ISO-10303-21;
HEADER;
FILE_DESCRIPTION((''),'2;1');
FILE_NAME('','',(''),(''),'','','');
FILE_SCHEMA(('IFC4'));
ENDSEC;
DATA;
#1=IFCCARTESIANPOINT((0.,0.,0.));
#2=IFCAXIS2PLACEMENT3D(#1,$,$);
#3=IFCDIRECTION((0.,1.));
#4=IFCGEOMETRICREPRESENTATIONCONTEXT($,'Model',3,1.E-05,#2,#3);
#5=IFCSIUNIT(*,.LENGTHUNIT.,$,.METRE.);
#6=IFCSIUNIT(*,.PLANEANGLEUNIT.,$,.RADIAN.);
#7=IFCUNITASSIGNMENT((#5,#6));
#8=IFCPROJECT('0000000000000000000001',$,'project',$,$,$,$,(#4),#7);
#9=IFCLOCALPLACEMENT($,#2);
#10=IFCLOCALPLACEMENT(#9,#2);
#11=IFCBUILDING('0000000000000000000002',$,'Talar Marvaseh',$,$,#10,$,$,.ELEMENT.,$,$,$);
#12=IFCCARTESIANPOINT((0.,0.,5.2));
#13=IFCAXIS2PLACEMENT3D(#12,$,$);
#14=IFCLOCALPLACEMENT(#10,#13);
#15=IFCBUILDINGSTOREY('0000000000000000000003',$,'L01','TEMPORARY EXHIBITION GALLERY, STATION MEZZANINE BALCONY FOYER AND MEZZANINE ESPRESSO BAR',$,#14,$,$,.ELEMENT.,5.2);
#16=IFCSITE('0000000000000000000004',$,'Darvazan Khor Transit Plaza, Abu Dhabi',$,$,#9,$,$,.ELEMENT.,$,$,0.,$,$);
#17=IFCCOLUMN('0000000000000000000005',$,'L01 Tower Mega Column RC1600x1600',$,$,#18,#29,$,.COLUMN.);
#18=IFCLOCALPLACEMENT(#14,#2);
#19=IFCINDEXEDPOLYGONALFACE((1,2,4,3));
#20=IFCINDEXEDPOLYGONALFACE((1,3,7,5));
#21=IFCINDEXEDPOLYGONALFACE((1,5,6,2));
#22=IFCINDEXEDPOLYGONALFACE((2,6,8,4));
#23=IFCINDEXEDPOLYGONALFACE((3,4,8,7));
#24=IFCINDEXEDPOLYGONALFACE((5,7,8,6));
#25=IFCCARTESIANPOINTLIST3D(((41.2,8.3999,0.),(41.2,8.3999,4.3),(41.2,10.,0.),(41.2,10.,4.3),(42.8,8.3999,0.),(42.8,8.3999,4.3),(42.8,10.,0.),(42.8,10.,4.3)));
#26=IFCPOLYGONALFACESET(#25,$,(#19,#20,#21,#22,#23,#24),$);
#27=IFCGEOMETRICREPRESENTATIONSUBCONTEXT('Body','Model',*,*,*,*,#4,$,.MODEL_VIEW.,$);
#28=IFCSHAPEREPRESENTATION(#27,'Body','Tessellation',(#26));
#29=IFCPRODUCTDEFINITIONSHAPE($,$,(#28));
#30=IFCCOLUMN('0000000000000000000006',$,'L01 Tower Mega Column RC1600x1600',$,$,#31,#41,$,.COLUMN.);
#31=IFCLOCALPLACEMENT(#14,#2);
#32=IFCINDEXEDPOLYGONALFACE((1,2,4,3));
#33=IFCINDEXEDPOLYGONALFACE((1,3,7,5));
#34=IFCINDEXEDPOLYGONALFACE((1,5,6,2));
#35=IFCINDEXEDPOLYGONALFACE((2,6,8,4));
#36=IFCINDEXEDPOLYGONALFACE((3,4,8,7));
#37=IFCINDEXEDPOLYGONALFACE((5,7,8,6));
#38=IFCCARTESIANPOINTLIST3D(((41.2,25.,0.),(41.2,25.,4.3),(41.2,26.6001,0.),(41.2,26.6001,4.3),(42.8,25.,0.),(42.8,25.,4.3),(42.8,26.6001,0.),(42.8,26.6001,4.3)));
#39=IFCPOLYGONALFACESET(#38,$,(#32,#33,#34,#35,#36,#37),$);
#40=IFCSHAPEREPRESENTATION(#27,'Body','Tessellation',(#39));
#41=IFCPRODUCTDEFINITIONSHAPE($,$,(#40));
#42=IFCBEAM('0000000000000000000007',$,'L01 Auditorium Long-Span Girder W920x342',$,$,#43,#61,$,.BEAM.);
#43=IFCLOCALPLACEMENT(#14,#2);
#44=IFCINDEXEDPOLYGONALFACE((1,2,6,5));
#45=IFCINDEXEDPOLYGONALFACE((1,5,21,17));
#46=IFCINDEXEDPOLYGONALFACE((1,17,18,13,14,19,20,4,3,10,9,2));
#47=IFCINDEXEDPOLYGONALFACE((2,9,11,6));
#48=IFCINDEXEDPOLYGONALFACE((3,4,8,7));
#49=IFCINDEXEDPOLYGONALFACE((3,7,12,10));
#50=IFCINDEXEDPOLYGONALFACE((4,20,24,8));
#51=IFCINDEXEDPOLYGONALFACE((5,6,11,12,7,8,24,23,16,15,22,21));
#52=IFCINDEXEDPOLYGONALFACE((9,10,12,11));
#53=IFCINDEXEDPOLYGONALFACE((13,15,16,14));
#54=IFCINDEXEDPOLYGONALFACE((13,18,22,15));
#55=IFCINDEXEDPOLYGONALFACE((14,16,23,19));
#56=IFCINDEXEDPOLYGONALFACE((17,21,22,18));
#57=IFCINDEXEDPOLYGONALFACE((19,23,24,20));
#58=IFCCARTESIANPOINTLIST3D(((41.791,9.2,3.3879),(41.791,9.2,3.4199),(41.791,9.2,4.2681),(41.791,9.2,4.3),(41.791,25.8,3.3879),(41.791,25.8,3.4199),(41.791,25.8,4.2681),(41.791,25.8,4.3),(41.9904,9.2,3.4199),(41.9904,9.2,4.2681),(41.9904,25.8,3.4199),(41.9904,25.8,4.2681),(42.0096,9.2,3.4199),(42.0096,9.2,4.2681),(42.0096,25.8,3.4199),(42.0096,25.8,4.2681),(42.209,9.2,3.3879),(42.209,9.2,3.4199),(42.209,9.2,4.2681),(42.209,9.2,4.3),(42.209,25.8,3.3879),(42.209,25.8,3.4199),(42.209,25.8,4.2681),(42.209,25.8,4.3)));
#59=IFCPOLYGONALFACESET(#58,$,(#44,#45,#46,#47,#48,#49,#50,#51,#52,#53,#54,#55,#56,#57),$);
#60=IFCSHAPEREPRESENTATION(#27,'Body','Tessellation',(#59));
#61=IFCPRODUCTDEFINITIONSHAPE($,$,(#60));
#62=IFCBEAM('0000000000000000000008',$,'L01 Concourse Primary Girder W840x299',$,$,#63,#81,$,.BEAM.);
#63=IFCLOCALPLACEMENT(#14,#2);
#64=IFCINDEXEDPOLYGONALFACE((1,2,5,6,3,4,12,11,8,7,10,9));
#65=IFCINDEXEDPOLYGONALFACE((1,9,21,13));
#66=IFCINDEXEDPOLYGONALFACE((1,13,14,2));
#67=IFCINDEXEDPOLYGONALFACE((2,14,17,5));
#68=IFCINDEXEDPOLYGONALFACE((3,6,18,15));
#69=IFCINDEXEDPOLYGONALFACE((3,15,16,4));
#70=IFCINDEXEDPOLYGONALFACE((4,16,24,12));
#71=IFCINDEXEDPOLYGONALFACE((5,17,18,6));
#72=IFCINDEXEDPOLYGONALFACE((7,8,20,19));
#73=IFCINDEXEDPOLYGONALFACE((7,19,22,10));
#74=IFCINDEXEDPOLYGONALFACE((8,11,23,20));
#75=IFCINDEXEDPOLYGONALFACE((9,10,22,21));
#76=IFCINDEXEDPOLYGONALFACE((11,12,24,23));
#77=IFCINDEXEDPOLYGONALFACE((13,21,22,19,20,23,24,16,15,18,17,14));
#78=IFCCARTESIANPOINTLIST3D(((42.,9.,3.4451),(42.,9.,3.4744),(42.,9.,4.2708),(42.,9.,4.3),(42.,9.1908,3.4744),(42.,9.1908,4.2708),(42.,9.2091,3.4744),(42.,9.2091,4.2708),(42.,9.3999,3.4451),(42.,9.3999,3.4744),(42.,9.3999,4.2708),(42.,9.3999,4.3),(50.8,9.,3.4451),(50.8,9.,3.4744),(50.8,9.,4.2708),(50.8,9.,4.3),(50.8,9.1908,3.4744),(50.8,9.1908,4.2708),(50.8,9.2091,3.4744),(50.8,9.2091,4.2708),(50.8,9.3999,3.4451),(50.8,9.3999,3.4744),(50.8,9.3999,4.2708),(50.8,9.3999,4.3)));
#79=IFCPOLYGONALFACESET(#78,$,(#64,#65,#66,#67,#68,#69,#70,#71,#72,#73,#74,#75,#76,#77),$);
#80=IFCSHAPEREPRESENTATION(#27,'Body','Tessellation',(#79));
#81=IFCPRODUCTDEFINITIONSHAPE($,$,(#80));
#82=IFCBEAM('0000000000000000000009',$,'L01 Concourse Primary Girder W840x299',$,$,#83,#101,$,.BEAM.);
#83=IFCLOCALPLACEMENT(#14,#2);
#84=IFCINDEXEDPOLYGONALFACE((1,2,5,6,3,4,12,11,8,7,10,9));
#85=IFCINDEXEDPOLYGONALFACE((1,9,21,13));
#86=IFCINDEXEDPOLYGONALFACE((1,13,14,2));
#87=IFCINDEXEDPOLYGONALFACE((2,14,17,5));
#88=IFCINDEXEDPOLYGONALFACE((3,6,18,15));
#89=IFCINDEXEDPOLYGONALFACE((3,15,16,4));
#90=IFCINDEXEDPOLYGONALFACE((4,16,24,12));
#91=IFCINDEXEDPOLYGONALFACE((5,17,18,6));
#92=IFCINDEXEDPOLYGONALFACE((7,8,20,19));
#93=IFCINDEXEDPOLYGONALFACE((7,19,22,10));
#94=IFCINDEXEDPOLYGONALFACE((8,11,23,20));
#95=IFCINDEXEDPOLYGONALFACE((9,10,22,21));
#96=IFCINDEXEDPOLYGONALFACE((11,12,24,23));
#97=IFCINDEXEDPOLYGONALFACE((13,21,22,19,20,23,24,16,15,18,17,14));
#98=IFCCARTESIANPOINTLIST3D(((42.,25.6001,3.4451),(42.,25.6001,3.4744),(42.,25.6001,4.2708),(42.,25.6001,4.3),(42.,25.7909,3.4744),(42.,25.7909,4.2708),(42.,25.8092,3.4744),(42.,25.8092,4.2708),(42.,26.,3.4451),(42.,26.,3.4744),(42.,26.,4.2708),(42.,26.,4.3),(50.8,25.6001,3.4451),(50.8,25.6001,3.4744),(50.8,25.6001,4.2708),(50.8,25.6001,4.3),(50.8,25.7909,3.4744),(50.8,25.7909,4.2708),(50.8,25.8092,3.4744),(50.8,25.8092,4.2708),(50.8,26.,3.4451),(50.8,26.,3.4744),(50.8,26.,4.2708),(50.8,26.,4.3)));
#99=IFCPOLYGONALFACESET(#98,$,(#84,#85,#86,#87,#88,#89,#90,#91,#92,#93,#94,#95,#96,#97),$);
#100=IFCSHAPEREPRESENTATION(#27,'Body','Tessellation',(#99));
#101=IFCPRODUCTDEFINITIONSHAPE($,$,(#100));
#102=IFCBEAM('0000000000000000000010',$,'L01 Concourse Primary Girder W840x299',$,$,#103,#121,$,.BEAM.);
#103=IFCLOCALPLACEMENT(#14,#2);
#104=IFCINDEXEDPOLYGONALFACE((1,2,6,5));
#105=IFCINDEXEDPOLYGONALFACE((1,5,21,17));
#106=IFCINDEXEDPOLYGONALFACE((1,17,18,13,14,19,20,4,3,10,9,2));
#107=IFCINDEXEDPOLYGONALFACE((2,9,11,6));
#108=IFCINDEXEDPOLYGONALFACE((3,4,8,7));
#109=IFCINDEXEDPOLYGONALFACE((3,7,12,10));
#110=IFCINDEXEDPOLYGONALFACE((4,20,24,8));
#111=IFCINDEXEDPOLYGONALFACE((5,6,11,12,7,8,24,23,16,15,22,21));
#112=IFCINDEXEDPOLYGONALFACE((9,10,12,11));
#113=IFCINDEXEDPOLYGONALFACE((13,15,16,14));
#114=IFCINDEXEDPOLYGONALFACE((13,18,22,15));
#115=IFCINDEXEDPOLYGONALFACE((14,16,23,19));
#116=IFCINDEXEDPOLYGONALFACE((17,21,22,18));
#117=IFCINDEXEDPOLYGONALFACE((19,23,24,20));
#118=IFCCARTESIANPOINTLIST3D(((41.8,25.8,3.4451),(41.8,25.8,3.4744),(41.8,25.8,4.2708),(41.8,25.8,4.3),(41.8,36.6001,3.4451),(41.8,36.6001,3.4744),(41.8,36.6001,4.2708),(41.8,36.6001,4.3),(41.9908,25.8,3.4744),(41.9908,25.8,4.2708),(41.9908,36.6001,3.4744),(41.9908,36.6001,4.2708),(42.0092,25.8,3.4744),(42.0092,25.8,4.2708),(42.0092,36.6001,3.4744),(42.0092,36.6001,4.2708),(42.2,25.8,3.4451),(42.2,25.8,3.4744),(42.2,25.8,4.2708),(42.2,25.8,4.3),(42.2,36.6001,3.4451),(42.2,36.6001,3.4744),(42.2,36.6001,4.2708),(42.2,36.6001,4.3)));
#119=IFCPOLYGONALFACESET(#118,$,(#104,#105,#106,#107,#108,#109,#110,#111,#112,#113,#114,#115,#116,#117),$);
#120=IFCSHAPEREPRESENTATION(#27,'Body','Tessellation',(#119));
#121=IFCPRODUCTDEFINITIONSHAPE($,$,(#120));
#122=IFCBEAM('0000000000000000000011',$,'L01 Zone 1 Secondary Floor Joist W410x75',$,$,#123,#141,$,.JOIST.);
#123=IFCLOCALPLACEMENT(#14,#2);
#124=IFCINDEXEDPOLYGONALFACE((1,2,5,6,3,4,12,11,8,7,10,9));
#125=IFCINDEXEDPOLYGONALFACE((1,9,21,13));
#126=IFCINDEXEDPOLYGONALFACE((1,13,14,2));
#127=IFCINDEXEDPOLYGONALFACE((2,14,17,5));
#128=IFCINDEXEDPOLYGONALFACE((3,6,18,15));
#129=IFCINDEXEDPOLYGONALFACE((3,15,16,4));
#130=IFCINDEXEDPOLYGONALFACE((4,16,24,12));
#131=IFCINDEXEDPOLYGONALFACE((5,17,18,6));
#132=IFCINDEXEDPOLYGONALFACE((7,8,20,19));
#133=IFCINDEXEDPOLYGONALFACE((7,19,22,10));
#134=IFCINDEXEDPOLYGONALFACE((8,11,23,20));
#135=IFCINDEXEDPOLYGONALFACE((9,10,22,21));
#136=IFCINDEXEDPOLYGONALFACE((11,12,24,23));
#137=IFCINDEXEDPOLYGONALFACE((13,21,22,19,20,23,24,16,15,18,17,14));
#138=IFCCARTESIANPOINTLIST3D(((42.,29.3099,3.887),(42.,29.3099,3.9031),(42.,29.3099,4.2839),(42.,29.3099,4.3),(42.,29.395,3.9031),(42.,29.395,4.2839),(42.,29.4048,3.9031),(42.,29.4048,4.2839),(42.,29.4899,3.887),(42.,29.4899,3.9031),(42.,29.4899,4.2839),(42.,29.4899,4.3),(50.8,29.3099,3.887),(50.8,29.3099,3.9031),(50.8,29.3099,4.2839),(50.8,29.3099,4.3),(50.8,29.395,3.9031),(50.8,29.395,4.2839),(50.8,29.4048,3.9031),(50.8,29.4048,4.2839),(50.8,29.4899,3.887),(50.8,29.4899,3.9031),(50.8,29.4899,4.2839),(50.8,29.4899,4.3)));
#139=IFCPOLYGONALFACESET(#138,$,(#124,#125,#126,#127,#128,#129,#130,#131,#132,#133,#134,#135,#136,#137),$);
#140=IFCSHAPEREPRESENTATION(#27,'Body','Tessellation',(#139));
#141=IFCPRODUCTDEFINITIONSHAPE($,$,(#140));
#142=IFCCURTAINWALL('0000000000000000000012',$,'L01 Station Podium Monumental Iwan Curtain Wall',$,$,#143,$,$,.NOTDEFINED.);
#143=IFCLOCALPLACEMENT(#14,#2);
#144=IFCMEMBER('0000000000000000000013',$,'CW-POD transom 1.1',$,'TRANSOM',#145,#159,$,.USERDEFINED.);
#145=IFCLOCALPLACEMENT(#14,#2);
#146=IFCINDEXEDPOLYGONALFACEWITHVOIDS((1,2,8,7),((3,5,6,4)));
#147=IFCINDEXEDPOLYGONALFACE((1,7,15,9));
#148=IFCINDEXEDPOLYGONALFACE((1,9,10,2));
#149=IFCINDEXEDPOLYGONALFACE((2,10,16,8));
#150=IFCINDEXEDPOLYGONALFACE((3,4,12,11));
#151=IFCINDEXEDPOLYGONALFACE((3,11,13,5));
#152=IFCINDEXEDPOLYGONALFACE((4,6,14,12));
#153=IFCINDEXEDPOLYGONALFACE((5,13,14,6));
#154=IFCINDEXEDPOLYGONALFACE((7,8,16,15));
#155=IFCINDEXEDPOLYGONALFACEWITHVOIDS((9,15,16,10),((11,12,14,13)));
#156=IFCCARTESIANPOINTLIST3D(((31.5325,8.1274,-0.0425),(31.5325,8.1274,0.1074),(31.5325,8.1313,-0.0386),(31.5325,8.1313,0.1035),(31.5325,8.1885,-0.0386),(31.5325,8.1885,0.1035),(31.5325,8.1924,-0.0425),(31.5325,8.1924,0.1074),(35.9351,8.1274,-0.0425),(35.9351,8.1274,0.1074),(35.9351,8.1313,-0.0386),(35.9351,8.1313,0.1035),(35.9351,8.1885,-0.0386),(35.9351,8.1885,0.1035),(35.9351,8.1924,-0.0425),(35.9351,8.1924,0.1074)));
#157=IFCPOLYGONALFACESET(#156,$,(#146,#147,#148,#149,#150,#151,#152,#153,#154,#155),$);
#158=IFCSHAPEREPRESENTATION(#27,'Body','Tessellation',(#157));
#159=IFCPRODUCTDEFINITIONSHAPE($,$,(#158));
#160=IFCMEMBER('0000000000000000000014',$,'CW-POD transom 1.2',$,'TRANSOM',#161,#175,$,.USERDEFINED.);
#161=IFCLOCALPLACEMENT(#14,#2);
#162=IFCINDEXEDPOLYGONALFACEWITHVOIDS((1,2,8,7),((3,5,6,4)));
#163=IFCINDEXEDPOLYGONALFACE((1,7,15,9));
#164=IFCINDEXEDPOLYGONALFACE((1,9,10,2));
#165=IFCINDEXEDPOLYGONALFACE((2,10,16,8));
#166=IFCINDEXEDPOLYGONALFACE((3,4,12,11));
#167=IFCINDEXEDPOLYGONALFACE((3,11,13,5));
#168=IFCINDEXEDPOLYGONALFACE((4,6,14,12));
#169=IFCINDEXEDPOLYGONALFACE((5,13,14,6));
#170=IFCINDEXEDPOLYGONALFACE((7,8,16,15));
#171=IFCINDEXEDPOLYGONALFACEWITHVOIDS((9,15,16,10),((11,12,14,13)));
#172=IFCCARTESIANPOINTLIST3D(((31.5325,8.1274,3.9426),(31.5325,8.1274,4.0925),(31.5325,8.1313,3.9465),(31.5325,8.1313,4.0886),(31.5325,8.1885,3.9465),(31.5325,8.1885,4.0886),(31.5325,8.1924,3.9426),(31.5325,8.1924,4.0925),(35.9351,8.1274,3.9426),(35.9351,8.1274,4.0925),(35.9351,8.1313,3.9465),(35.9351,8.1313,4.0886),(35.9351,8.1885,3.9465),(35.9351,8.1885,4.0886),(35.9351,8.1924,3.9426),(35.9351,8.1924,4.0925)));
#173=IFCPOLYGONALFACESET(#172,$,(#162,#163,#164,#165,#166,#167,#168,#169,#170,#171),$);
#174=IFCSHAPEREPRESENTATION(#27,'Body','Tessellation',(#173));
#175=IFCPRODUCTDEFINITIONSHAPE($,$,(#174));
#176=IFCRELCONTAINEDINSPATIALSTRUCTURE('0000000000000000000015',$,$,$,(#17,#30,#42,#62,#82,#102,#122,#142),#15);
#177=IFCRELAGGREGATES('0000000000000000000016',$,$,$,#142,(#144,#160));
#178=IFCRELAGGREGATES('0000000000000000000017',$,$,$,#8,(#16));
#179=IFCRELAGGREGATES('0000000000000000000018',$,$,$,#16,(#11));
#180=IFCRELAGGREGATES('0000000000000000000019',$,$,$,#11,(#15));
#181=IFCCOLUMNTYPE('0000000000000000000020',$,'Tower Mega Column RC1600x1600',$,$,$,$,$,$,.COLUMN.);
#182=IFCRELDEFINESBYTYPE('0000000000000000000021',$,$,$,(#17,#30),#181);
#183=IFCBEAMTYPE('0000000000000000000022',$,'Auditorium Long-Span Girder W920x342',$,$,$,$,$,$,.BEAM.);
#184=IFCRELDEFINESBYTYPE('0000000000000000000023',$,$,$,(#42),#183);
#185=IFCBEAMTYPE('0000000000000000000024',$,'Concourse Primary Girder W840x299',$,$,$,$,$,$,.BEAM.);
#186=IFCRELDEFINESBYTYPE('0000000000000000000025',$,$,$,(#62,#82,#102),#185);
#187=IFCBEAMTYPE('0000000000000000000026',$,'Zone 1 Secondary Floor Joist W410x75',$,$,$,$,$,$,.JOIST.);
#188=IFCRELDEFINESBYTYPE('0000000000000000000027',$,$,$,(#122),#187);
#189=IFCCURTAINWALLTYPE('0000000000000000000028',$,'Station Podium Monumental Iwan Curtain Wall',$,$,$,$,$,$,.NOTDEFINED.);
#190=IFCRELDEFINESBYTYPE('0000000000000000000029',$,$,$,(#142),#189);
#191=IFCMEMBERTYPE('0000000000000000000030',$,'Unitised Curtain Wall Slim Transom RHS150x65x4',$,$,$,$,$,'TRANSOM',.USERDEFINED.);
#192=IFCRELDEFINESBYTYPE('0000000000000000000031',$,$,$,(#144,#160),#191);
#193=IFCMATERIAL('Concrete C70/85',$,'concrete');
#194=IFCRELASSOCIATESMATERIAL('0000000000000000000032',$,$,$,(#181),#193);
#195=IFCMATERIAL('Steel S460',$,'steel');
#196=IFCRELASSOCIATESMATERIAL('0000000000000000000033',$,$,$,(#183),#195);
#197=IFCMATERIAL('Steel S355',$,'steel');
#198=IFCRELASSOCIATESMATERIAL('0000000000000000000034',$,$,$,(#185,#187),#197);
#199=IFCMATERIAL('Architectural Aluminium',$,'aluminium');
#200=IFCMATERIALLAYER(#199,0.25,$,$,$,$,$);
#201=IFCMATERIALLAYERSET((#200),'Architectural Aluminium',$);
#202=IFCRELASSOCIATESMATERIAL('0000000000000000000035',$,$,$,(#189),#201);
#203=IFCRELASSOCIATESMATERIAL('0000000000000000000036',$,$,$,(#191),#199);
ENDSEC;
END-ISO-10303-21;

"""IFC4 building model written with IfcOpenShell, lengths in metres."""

from ifc_helpers import new_model, si_unit, direction, frame, origin, origin_2d, place, context, subcontext, project, spatial, rectangle, hollow_rectangle, i_section, extrude, source, transform, mapped, material, layer, layer_set, material_profile, profile_set, type_object, type_shapes, element, aggregate, save


model = new_model("IFC4")

# Units and contexts
model_context = context("Model", 3, precision=1e-05, world=origin(), true_north=direction((0.0, 1.0)))
body_context = subcontext(model_context, "Body", "Model", "MODEL_VIEW")
ifc_project = project(units=[si_unit("LENGTHUNIT", "METRE"), si_unit("PLANEANGLEUNIT", "RADIAN")], contexts=[model_context])

# Site, building, storey
site_placement = place(None, origin())
site = spatial("IfcSite", under=ifc_project, at=site_placement, Name="Darvazan Khor Transit Plaza, Abu Dhabi", CompositionType="ELEMENT", RefElevation=0.0)
building_placement = place(site_placement, origin())
building = spatial("IfcBuilding", under=site, at=building_placement, Name="Talar Marvaseh", CompositionType="ELEMENT")
storey_placement = place(building_placement, frame((0.0, 0.0, 5.2)))
storey = spatial("IfcBuildingStorey", under=building, at=storey_placement, Name="L01", Description="TEMPORARY EXHIBITION GALLERY, STATION MEZZANINE BALCONY FOYER AND MEZZANINE ESPRESSO BAR", CompositionType="ELEMENT", Elevation=5.2)

# Columns
ifc_material_1 = material(Name="Concrete C70/85", Category="concrete")
ifc_material_profile_1 = material_profile(ifc_material_1, rectangle(XDim=1.6001, YDim=1.6001, at=origin_2d()), Name="RC1600x1600")
ifc_profile_set_1 = profile_set([ifc_material_profile_1], Name="Concrete C70/85")
column_type = type_object("IfcColumnType", Name="Tower Mega Column RC1600x1600", PredefinedType="COLUMN", material=ifc_profile_set_1)
for number, where, z_axis, x_axis, name in (
    (1, (42.0, 9.2, 0.0), (0.0, 0.0, 1.0), (1.0, 0.0, 0.0), "L01 Tower Mega Column RC1600x1600"),
    (2, (42.0, 25.8, 0.0), (0.0, 0.0, 1.0), (1.0, 0.0, 0.0), "L01 Tower Mega Column RC1600x1600"),
):
    element("IfcColumn", number, at=place(storey_placement, frame(where, z_axis=z_axis, x_axis=x_axis)), inside=storey, type_object=column_type, Name=name, PredefinedType="COLUMN", context=body_context, shape_type="SweptSolid", body=[
        extrude(rectangle(XDim=1.6001, YDim=1.6001, at=origin_2d()), origin(), (0.0, 0.0, 1.0), 4.3),
    ])

# Beams
ifc_material_2 = material(Name="Steel S460", Category="steel")
ifc_material_profile_2 = material_profile(ifc_material_2, i_section(OverallWidth=0.418, OverallDepth=0.9121, WebThickness=0.0193, FlangeThickness=0.032, at=origin_2d()), Name="W920x342")
ifc_profile_set_2 = profile_set([ifc_material_profile_2], Name="Steel S460")
beam_type_1 = type_object("IfcBeamType", Name="Auditorium Long-Span Girder W920x342", PredefinedType="BEAM", material=ifc_profile_set_2)
beam_1_placement = place(storey_placement, frame((42.0, 9.2, 3.844), z_axis=(0.0, 1.0, 0.0), x_axis=(-1.0, 0.0, 0.0)))
element("IfcBeam", 3, at=beam_1_placement, inside=storey, type_object=beam_type_1, Name="L01 Auditorium Long-Span Girder W920x342", PredefinedType="BEAM", context=body_context, shape_type="SweptSolid", body=[
    extrude(i_section(OverallWidth=0.418, OverallDepth=0.9121, WebThickness=0.0193, FlangeThickness=0.032, at=origin_2d()), origin(), (0.0, 0.0, 1.0), 16.6001),
])
ifc_material_3 = material(Name="Steel S355", Category="steel")
ifc_material_profile_3 = material_profile(ifc_material_3, i_section(OverallWidth=0.3999, OverallDepth=0.855, WebThickness=0.0183, FlangeThickness=0.0293, at=origin_2d()), Name="W840x299")
ifc_profile_set_3 = profile_set([ifc_material_profile_3], Name="Steel S355")
beam_type_2 = type_object("IfcBeamType", Name="Concourse Primary Girder W840x299", PredefinedType="BEAM", material=ifc_profile_set_3)
for number, where, z_axis, x_axis, name in (
    (4, (42.0, 9.2, 3.8726), (1.0, 0.0, 0.0), (0.0, 1.0, 0.0), "L01 Concourse Primary Girder W840x299"),
    (5, (42.0, 25.8, 3.8726), (1.0, 0.0, 0.0), (0.0, 1.0, 0.0), "L01 Concourse Primary Girder W840x299"),
):
    element("IfcBeam", number, at=place(storey_placement, frame(where, z_axis=z_axis, x_axis=x_axis)), inside=storey, type_object=beam_type_2, Name=name, PredefinedType="BEAM", context=body_context, shape_type="SweptSolid", body=[
        extrude(i_section(OverallWidth=0.3999, OverallDepth=0.855, WebThickness=0.0183, FlangeThickness=0.0293, at=origin_2d()), origin(), (0.0, 0.0, 1.0), 8.8),
    ])
beam_2_placement = place(storey_placement, frame((42.0, 25.8, 3.8726), z_axis=(0.0, 1.0, 0.0), x_axis=(-1.0, 0.0, 0.0)))
element("IfcBeam", 6, at=beam_2_placement, inside=storey, type_object=beam_type_2, Name="L01 Concourse Primary Girder W840x299", PredefinedType="BEAM", context=body_context, shape_type="SweptSolid", body=[
    extrude(i_section(OverallWidth=0.3999, OverallDepth=0.855, WebThickness=0.0183, FlangeThickness=0.0293, at=origin_2d()), origin(), (0.0, 0.0, 1.0), 10.8),
])
ifc_material_profile_4 = material_profile(ifc_material_3, i_section(OverallWidth=0.1799, OverallDepth=0.4131, WebThickness=0.0098, FlangeThickness=0.0161, at=origin_2d()), Name="W410x75")
ifc_profile_set_4 = profile_set([ifc_material_profile_4], Name="Steel S355")
beam_type_3 = type_object("IfcBeamType", Name="Zone 1 Secondary Floor Joist W410x75", PredefinedType="JOIST", material=ifc_profile_set_4)
beam_3_placement = place(storey_placement, frame((42.0, 29.3999, 4.0935), z_axis=(1.0, 0.0, 0.0), x_axis=(0.0, 1.0, 0.0)))
element("IfcBeam", 7, at=beam_3_placement, inside=storey, type_object=beam_type_3, Name="L01 Zone 1 Secondary Floor Joist W410x75", PredefinedType="JOIST", context=body_context, shape_type="SweptSolid", body=[
    extrude(i_section(OverallWidth=0.1799, OverallDepth=0.4131, WebThickness=0.0098, FlangeThickness=0.0161, at=origin_2d()), origin(), (0.0, 0.0, 1.0), 8.8),
])

# Curtain wall, members
ifc_material_4 = material(Name="Architectural Aluminium", Category="aluminium")
ifc_layer_1 = layer(ifc_material_4, 0.25)
ifc_layer_set_1 = layer_set([ifc_layer_1], Name="Architectural Aluminium")
curtain_wall_type = type_object("IfcCurtainWallType", Name="Station Podium Monumental Iwan Curtain Wall", PredefinedType="NOTDEFINED", material=ifc_layer_set_1)
curtain_wall_placement = place(storey_placement, origin())
curtain_wall = element("IfcCurtainWall", 8, at=curtain_wall_placement, inside=storey, type_object=curtain_wall_type, Name="L01 Station Podium Monumental Iwan Curtain Wall", PredefinedType="NOTDEFINED")
ifc_material_profile_5 = material_profile(ifc_material_4, hollow_rectangle(XDim=0.0649, YDim=0.1499, WallThickness=0.0039, at=origin_2d()), Name="RHS150x65x4")
ifc_profile_set_5 = profile_set([ifc_material_profile_5], Name="Architectural Aluminium")
member_type_1 = type_object("IfcMemberType", Name="Unitised Curtain Wall Slim Transom RHS150x65x4", ElementType="TRANSOM", PredefinedType="USERDEFINED", material=ifc_profile_set_5)
shared_shape_1 = source(origin(), body_context, "Body", "SweptSolid", [
    extrude(hollow_rectangle(XDim=0.0649, YDim=0.1499, WallThickness=0.0039, at=origin_2d()), origin(), (0.0, 0.0, 1.0), 4.4026),
])
type_shapes(member_type_1, [shared_shape_1])
member_1_placement = place(storey_placement, frame((35.9351, 8.1599, 0.0325), z_axis=(-1.0, 0.0, 0.0), x_axis=(0.0, -1.0, 0.0)))
member_1 = element("IfcMember", 9, at=member_1_placement, type_object=member_type_1, Name="CW-POD transom 1.1", ObjectType="TRANSOM", PredefinedType="USERDEFINED", context=body_context, shape_type="MappedRepresentation", body=[
    mapped(shared_shape_1, transform((0.0, 0.0, 0.0), x_axis=(1.0, 0.0, 0.0), y_axis=(0.0, 1.0, 0.0), z_axis=(0.0, 0.0, 1.0), scale=1.0)),
])
member_2_placement = place(storey_placement, frame((35.9351, 8.1599, 4.0176), z_axis=(-1.0, 0.0, 0.0), x_axis=(0.0, -1.0, 0.0)))
member_2 = element("IfcMember", 10, at=member_2_placement, type_object=member_type_1, Name="CW-POD transom 1.2", ObjectType="TRANSOM", PredefinedType="USERDEFINED", context=body_context, shape_type="MappedRepresentation", body=[
    mapped(shared_shape_1, transform((0.0, 0.0, 0.0), x_axis=(1.0, 0.0, 0.0), y_axis=(0.0, 1.0, 0.0), z_axis=(0.0, 0.0, 1.0), scale=1.0)),
])
aggregate(curtain_wall, [member_1, member_2])

save(model, "model.ifc")
